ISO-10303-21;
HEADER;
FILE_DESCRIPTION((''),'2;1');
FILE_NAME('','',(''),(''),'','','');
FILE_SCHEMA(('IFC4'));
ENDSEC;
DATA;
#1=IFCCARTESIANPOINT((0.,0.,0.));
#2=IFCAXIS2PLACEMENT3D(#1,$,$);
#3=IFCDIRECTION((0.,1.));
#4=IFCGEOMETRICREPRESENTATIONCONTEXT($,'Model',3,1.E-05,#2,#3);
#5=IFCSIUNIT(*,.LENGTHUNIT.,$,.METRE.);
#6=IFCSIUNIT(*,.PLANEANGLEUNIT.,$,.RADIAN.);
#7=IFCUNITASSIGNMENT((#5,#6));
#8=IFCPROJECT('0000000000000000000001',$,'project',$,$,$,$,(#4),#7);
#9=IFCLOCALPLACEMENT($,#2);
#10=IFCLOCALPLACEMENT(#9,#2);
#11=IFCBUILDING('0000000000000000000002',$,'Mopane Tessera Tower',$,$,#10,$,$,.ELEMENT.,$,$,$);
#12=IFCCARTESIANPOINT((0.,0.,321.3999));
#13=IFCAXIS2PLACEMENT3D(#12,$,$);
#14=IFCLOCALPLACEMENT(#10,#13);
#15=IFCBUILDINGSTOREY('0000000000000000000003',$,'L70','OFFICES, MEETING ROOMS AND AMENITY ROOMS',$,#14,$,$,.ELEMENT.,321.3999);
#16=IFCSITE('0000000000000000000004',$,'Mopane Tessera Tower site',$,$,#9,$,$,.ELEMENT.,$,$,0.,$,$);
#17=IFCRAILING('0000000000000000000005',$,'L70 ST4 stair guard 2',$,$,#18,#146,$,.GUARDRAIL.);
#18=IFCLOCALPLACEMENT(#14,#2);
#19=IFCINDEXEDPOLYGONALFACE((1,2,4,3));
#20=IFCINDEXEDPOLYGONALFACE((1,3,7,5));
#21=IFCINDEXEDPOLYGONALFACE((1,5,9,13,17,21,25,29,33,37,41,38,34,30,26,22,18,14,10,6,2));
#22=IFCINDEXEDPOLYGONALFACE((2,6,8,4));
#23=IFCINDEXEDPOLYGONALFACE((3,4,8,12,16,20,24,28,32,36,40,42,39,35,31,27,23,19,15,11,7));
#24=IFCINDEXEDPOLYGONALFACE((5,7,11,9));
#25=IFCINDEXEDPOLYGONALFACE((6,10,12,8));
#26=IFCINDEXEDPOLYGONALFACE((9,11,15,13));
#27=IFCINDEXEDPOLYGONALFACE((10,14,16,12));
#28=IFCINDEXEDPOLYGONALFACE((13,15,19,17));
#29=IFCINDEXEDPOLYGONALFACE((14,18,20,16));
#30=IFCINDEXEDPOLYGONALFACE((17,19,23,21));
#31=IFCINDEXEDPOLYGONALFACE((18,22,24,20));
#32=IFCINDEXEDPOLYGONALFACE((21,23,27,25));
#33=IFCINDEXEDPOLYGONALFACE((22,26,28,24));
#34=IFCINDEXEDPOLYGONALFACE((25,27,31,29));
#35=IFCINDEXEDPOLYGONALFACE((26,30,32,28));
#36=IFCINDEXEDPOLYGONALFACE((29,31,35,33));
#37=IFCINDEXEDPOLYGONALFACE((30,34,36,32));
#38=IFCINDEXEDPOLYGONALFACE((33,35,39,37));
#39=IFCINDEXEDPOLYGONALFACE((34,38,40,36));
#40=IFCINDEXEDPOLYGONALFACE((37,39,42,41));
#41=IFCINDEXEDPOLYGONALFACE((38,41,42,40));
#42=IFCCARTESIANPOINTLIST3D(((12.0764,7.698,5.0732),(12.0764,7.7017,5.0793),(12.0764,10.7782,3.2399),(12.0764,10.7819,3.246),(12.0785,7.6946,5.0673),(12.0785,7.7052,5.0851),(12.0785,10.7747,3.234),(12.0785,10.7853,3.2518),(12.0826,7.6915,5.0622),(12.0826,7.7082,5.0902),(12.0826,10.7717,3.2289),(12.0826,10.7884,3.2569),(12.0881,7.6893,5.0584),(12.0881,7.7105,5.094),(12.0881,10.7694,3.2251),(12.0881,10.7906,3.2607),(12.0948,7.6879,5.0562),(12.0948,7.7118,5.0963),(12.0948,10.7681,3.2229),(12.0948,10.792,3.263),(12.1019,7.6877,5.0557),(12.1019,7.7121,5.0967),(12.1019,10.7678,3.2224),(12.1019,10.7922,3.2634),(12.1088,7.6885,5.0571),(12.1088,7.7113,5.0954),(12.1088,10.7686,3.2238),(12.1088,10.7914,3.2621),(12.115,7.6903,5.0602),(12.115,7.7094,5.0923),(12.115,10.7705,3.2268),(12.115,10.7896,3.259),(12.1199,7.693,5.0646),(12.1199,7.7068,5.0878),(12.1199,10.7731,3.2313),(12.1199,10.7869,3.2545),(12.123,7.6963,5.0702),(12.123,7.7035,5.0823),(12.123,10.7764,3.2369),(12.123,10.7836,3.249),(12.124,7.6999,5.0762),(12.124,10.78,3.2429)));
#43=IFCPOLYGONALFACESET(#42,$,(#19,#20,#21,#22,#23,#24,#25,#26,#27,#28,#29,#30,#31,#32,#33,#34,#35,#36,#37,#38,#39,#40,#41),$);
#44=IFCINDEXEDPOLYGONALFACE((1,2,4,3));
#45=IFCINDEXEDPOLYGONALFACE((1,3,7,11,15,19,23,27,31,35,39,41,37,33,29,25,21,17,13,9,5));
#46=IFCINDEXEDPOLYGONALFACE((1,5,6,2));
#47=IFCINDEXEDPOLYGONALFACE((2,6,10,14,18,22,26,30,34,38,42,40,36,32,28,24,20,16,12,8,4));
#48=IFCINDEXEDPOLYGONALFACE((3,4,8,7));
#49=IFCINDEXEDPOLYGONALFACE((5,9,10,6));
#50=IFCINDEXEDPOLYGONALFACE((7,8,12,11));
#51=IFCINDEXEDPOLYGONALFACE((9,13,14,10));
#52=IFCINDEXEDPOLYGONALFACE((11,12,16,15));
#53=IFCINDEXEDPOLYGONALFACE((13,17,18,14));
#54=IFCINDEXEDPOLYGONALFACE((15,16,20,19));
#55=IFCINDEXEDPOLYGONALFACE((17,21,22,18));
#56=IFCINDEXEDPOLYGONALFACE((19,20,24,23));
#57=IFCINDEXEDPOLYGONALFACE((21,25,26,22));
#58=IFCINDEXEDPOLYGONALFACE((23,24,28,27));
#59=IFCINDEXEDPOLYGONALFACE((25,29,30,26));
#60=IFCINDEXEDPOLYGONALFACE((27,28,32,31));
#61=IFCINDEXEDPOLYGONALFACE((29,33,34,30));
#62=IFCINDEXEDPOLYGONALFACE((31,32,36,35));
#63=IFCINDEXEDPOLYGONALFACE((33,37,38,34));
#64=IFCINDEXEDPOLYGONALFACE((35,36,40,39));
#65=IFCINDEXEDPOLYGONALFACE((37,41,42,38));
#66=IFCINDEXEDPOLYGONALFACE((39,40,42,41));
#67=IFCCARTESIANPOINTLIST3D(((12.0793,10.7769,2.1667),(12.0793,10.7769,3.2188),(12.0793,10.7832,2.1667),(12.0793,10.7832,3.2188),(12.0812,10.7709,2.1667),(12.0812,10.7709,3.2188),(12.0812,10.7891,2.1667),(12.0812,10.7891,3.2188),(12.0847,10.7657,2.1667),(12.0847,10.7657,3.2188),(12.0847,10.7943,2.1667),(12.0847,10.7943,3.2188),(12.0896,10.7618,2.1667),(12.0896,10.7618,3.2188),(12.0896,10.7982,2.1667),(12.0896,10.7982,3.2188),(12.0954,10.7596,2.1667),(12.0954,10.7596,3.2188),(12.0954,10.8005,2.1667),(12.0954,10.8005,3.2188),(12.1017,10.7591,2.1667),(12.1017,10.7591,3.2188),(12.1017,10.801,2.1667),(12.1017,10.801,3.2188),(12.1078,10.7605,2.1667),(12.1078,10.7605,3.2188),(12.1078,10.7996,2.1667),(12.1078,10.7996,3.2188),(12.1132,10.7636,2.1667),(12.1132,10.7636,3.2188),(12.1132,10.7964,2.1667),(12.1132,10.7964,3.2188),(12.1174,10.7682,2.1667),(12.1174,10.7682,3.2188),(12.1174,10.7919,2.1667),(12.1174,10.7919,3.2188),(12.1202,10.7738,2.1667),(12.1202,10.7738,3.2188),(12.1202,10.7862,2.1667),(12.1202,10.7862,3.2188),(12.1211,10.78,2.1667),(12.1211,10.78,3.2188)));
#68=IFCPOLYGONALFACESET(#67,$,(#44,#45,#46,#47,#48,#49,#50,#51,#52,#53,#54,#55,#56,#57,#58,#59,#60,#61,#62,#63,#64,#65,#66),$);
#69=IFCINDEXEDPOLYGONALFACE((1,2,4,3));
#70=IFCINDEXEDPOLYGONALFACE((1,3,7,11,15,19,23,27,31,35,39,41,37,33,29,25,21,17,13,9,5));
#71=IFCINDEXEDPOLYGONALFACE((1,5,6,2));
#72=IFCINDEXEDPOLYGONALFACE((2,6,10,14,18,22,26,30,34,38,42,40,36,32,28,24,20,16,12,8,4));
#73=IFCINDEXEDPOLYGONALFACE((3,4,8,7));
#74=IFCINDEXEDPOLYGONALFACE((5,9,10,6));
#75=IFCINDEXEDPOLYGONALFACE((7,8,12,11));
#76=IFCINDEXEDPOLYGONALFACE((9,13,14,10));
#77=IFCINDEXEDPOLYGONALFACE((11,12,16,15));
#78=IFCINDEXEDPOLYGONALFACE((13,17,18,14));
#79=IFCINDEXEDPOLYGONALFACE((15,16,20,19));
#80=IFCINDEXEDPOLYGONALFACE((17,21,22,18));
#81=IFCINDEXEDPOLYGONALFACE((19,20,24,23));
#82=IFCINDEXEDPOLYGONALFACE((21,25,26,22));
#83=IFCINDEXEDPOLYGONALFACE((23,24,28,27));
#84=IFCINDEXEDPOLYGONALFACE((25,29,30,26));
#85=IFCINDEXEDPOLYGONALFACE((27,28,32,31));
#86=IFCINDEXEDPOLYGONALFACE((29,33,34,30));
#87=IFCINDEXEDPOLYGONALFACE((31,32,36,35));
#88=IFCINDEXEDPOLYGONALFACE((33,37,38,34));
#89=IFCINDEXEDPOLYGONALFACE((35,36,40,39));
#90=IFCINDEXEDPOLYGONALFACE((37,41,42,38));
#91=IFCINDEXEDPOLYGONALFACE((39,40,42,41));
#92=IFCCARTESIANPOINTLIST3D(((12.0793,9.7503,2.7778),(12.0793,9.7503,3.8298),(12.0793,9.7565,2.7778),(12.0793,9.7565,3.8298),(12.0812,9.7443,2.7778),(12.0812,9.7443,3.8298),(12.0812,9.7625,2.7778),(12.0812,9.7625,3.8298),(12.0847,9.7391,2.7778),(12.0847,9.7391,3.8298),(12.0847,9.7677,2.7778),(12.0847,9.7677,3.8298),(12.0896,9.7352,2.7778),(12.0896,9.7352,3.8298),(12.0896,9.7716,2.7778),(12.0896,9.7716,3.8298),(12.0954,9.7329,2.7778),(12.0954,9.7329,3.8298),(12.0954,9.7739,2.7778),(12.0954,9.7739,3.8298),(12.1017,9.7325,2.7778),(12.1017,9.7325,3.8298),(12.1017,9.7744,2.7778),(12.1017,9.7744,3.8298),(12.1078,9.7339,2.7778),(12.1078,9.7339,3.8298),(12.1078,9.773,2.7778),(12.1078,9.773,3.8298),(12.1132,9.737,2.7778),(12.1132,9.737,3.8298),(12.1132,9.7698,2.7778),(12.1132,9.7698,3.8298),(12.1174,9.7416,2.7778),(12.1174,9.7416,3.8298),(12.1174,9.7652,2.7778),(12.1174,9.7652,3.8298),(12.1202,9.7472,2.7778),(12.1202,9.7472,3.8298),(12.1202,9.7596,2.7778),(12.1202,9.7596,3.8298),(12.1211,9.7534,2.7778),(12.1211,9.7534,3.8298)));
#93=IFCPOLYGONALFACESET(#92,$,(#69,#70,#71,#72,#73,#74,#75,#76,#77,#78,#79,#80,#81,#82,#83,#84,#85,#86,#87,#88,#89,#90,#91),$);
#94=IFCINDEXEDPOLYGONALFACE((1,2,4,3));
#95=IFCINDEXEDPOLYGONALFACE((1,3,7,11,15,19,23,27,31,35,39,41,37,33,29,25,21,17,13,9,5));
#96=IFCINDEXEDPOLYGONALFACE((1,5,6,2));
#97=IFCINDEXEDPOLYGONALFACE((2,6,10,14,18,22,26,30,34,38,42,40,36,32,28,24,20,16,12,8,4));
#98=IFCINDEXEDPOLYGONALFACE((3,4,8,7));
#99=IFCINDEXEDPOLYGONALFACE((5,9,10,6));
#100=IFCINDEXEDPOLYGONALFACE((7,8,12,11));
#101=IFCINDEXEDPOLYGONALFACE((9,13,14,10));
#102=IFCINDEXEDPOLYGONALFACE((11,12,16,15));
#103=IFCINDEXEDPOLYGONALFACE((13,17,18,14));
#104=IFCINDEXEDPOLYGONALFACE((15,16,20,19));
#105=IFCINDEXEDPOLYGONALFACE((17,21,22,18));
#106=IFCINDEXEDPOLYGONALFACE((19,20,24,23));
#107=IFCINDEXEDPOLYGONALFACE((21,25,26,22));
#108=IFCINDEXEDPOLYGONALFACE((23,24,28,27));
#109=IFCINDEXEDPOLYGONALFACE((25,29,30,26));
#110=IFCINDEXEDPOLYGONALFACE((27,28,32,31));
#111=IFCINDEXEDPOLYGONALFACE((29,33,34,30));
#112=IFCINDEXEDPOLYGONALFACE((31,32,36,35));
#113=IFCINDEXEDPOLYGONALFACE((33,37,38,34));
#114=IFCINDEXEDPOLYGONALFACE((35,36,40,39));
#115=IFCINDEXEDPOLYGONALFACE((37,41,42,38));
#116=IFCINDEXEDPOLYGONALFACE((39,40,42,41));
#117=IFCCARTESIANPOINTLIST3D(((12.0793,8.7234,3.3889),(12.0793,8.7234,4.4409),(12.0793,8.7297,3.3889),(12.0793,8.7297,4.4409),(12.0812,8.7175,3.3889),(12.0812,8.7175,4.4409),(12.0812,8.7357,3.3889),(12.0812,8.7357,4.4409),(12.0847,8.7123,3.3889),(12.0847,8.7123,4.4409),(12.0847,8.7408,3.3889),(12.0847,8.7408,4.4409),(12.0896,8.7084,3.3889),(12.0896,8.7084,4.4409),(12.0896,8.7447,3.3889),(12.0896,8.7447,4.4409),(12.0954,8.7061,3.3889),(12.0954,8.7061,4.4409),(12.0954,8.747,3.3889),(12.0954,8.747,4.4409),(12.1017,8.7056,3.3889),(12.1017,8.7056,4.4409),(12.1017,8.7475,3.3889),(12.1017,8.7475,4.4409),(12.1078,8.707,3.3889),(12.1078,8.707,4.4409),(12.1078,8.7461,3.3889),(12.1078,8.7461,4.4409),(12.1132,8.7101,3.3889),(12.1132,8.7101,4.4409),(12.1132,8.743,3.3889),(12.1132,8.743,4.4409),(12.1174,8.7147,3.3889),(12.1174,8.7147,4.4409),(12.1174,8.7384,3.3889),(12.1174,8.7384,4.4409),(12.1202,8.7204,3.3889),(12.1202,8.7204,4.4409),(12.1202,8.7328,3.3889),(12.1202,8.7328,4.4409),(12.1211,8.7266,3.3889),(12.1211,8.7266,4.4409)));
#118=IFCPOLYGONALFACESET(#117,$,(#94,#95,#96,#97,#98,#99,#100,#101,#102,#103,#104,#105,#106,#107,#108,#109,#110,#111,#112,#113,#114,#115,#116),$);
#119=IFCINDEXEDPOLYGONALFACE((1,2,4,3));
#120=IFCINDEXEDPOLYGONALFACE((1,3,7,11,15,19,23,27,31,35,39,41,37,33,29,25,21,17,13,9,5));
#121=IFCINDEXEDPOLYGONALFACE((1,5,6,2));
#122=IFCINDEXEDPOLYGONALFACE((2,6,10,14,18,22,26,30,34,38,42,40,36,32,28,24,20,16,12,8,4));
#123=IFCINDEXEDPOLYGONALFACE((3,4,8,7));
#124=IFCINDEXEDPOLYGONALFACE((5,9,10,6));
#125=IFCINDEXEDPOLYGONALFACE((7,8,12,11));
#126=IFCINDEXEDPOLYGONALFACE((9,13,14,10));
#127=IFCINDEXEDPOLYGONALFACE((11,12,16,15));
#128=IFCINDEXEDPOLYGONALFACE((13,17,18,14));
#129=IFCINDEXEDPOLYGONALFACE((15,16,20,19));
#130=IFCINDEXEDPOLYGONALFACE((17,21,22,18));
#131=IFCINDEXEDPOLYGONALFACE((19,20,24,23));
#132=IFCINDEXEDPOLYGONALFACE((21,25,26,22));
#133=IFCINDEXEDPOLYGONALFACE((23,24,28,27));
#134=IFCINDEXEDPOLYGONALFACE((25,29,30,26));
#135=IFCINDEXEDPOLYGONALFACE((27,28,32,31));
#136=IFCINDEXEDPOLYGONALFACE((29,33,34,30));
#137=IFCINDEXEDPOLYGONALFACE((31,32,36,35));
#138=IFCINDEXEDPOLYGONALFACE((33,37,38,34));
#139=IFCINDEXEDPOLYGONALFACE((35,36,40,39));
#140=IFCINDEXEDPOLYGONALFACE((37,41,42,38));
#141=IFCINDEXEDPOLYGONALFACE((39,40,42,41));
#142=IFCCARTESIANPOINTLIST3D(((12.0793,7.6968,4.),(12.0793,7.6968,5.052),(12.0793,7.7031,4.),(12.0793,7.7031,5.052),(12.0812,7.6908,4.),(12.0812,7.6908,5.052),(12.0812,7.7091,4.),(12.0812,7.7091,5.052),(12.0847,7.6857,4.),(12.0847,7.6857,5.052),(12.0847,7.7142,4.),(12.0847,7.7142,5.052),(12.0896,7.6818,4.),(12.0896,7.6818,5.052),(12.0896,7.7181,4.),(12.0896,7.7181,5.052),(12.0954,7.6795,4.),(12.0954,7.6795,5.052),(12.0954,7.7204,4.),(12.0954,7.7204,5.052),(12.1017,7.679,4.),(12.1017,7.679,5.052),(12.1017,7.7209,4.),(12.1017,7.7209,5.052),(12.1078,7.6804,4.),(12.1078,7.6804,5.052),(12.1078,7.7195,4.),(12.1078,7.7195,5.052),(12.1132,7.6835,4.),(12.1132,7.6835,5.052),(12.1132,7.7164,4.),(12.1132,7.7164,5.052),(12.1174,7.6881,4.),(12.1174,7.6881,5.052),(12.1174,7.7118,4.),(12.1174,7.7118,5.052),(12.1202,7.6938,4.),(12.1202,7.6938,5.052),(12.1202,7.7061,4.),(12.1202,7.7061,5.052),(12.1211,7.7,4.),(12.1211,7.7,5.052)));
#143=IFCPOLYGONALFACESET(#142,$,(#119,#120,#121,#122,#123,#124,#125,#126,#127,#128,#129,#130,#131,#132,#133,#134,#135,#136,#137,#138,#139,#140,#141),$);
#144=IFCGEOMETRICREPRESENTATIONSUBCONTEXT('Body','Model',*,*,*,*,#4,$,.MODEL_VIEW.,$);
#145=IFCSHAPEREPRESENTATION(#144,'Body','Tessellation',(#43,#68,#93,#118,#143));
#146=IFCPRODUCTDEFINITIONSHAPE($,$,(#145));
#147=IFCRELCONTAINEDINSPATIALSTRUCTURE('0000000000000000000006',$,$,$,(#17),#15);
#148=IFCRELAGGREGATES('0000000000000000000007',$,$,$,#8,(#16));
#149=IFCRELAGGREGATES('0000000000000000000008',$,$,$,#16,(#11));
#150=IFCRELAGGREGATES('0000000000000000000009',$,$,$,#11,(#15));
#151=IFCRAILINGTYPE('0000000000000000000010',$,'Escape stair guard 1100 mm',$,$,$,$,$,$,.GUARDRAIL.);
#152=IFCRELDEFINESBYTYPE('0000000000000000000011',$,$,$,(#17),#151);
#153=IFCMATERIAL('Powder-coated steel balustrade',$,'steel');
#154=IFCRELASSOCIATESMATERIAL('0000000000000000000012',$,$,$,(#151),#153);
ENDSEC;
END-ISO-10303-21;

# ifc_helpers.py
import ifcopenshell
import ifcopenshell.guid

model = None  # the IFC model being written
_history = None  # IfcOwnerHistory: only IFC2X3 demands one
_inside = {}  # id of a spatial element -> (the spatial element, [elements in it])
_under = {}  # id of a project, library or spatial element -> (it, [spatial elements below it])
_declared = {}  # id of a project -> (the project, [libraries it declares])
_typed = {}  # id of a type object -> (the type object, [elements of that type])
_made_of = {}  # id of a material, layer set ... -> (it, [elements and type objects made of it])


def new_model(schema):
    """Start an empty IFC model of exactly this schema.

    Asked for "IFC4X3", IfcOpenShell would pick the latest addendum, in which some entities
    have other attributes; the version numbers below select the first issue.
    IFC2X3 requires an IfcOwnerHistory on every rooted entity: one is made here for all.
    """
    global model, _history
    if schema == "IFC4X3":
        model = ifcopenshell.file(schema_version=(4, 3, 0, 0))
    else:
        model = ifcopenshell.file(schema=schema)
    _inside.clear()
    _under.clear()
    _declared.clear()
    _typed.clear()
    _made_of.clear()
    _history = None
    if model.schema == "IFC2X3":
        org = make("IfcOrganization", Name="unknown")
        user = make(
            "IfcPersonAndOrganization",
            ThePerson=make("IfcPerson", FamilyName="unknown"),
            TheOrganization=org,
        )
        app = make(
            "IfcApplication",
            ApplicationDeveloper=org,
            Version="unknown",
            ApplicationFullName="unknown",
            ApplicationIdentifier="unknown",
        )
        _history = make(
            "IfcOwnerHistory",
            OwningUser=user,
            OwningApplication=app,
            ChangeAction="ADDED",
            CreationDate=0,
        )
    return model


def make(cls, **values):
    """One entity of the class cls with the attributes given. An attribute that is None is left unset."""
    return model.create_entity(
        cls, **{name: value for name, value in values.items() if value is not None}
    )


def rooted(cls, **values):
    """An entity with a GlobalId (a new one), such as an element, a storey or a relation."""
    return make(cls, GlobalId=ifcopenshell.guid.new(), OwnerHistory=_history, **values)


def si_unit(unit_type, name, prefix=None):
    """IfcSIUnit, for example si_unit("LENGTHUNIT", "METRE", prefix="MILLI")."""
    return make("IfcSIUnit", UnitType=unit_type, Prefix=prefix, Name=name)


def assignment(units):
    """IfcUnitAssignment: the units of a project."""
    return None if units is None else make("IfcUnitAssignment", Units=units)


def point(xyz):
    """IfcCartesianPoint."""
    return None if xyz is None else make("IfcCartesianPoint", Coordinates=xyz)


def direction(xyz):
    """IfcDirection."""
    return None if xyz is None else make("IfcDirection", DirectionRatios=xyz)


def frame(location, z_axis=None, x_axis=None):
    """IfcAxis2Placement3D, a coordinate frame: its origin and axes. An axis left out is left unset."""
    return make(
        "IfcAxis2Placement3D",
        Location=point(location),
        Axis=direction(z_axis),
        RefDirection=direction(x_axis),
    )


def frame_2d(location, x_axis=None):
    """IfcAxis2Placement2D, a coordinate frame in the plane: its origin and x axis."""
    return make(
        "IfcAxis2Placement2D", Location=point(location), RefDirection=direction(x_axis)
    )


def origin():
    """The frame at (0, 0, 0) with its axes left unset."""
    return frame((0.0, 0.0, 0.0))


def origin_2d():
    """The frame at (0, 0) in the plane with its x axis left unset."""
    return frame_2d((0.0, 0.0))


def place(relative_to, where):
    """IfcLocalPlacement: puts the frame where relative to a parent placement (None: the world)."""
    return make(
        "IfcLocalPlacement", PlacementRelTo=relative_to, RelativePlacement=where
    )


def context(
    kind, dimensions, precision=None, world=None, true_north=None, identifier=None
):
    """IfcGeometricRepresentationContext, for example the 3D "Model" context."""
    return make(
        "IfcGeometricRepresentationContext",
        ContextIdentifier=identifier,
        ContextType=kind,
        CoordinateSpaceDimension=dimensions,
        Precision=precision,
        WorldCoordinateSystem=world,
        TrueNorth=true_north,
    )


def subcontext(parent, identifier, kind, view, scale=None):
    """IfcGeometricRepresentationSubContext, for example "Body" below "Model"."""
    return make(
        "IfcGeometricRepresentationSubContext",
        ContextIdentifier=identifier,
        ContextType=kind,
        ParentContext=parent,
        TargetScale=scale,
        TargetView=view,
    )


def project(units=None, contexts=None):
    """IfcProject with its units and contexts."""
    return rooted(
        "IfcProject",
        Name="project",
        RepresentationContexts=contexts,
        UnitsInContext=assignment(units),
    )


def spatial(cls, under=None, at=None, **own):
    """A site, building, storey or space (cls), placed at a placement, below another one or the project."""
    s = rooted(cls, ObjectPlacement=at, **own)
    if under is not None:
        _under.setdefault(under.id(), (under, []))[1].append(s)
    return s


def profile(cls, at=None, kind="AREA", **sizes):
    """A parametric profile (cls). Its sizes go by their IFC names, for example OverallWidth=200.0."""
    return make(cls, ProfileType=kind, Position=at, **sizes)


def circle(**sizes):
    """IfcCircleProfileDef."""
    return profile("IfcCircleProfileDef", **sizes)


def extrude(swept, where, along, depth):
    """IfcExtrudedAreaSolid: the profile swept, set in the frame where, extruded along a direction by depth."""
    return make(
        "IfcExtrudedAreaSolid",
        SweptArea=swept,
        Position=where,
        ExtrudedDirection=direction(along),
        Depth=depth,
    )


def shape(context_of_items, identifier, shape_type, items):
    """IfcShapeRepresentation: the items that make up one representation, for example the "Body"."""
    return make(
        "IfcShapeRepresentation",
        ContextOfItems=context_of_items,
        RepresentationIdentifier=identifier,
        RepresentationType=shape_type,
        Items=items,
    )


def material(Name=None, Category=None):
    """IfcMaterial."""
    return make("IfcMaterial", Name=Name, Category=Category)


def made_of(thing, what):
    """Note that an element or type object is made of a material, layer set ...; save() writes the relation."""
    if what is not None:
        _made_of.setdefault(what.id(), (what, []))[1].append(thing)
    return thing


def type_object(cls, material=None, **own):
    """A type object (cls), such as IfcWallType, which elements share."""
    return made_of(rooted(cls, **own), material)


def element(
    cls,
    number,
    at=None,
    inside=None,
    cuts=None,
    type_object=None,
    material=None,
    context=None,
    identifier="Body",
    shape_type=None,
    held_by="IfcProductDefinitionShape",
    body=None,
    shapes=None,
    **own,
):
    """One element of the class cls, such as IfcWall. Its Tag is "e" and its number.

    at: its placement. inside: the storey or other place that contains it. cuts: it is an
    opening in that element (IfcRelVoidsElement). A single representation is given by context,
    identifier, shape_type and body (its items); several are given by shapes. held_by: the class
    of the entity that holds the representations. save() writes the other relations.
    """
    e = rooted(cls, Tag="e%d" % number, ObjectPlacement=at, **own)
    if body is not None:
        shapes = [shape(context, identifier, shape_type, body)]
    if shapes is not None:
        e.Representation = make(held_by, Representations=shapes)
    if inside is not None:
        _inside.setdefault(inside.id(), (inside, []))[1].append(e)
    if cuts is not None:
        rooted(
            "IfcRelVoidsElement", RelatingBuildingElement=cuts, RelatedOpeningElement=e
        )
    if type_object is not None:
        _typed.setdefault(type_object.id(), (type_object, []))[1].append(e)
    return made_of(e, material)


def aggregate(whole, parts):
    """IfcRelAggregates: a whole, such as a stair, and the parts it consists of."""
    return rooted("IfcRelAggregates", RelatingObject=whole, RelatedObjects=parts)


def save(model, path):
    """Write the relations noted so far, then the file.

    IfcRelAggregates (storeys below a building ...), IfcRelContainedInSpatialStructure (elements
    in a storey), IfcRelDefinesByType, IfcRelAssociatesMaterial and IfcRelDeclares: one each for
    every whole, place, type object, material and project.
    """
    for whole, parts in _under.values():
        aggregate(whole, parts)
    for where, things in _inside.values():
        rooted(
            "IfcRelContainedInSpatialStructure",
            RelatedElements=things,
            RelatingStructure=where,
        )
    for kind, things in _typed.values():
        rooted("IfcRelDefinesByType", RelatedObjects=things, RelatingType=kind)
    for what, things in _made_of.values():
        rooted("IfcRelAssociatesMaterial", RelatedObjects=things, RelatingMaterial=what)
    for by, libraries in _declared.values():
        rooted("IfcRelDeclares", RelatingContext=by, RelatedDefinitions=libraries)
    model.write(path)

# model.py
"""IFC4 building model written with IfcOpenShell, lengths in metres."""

from ifc_helpers import new_model, si_unit, direction, frame, origin, origin_2d, place, context, subcontext, project, spatial, circle, extrude, material, type_object, element, save


model = new_model("IFC4")

# Units and contexts
model_context = context("Model", 3, precision=1e-05, world=origin(), true_north=direction((0.0, 1.0)))
body_context = subcontext(model_context, "Body", "Model", "MODEL_VIEW")
ifc_project = project(units=[si_unit("LENGTHUNIT", "METRE"), si_unit("PLANEANGLEUNIT", "RADIAN")], contexts=[model_context])

# Site, building, storey
site_placement = place(None, origin())
site = spatial("IfcSite", under=ifc_project, at=site_placement, Name="Mopane Tessera Tower site", CompositionType="ELEMENT", RefElevation=0.0)
building_placement = place(site_placement, origin())
building = spatial("IfcBuilding", under=site, at=building_placement, Name="Mopane Tessera Tower", CompositionType="ELEMENT")
storey_placement = place(building_placement, frame((0.0, 0.0, 321.3999)))
storey = spatial("IfcBuildingStorey", under=building, at=storey_placement, Name="L70", Description="OFFICES, MEETING ROOMS AND AMENITY ROOMS", CompositionType="ELEMENT", Elevation=321.3999)

# Railing
ifc_material_1 = material(Name="Powder-coated steel balustrade", Category="steel")
railing_type_1 = type_object("IfcRailingType", Name="Escape stair guard 1100 mm", PredefinedType="GUARDRAIL", material=ifc_material_1)
railing_1_placement = place(storey_placement, frame((12.1001, 10.78, 2.1667)))
element("IfcRailing", 1, at=railing_1_placement, inside=storey, type_object=railing_type_1, Name="L70 ST4 stair guard 2", PredefinedType="GUARDRAIL", context=body_context, shape_type="SweptSolid", body=[
    extrude(circle(Radius=0.0239, at=origin_2d()), frame((0.0, 0.0, 1.0762), z_axis=(0.0, -0.859309, 0.511458), x_axis=(1.0, 0.0, 0.0)), (0.0, 0.0, 1.0), 3.5845),
    extrude(circle(Radius=0.021, at=origin_2d()), origin(), (0.0, 0.0, 1.0), 1.052),
    extrude(circle(Radius=0.021, at=origin_2d()), frame((0.0, -1.0266, 0.6111)), (0.0, 0.0, 1.0), 1.052),
    extrude(circle(Radius=0.021, at=origin_2d()), frame((0.0, -2.0535, 1.2222)), (0.0, 0.0, 1.0), 1.052),
    extrude(circle(Radius=0.021, at=origin_2d()), frame((0.0, -3.0801, 1.8333)), (0.0, 0.0, 1.0), 1.052),
])

save(model, "model.ifc")
